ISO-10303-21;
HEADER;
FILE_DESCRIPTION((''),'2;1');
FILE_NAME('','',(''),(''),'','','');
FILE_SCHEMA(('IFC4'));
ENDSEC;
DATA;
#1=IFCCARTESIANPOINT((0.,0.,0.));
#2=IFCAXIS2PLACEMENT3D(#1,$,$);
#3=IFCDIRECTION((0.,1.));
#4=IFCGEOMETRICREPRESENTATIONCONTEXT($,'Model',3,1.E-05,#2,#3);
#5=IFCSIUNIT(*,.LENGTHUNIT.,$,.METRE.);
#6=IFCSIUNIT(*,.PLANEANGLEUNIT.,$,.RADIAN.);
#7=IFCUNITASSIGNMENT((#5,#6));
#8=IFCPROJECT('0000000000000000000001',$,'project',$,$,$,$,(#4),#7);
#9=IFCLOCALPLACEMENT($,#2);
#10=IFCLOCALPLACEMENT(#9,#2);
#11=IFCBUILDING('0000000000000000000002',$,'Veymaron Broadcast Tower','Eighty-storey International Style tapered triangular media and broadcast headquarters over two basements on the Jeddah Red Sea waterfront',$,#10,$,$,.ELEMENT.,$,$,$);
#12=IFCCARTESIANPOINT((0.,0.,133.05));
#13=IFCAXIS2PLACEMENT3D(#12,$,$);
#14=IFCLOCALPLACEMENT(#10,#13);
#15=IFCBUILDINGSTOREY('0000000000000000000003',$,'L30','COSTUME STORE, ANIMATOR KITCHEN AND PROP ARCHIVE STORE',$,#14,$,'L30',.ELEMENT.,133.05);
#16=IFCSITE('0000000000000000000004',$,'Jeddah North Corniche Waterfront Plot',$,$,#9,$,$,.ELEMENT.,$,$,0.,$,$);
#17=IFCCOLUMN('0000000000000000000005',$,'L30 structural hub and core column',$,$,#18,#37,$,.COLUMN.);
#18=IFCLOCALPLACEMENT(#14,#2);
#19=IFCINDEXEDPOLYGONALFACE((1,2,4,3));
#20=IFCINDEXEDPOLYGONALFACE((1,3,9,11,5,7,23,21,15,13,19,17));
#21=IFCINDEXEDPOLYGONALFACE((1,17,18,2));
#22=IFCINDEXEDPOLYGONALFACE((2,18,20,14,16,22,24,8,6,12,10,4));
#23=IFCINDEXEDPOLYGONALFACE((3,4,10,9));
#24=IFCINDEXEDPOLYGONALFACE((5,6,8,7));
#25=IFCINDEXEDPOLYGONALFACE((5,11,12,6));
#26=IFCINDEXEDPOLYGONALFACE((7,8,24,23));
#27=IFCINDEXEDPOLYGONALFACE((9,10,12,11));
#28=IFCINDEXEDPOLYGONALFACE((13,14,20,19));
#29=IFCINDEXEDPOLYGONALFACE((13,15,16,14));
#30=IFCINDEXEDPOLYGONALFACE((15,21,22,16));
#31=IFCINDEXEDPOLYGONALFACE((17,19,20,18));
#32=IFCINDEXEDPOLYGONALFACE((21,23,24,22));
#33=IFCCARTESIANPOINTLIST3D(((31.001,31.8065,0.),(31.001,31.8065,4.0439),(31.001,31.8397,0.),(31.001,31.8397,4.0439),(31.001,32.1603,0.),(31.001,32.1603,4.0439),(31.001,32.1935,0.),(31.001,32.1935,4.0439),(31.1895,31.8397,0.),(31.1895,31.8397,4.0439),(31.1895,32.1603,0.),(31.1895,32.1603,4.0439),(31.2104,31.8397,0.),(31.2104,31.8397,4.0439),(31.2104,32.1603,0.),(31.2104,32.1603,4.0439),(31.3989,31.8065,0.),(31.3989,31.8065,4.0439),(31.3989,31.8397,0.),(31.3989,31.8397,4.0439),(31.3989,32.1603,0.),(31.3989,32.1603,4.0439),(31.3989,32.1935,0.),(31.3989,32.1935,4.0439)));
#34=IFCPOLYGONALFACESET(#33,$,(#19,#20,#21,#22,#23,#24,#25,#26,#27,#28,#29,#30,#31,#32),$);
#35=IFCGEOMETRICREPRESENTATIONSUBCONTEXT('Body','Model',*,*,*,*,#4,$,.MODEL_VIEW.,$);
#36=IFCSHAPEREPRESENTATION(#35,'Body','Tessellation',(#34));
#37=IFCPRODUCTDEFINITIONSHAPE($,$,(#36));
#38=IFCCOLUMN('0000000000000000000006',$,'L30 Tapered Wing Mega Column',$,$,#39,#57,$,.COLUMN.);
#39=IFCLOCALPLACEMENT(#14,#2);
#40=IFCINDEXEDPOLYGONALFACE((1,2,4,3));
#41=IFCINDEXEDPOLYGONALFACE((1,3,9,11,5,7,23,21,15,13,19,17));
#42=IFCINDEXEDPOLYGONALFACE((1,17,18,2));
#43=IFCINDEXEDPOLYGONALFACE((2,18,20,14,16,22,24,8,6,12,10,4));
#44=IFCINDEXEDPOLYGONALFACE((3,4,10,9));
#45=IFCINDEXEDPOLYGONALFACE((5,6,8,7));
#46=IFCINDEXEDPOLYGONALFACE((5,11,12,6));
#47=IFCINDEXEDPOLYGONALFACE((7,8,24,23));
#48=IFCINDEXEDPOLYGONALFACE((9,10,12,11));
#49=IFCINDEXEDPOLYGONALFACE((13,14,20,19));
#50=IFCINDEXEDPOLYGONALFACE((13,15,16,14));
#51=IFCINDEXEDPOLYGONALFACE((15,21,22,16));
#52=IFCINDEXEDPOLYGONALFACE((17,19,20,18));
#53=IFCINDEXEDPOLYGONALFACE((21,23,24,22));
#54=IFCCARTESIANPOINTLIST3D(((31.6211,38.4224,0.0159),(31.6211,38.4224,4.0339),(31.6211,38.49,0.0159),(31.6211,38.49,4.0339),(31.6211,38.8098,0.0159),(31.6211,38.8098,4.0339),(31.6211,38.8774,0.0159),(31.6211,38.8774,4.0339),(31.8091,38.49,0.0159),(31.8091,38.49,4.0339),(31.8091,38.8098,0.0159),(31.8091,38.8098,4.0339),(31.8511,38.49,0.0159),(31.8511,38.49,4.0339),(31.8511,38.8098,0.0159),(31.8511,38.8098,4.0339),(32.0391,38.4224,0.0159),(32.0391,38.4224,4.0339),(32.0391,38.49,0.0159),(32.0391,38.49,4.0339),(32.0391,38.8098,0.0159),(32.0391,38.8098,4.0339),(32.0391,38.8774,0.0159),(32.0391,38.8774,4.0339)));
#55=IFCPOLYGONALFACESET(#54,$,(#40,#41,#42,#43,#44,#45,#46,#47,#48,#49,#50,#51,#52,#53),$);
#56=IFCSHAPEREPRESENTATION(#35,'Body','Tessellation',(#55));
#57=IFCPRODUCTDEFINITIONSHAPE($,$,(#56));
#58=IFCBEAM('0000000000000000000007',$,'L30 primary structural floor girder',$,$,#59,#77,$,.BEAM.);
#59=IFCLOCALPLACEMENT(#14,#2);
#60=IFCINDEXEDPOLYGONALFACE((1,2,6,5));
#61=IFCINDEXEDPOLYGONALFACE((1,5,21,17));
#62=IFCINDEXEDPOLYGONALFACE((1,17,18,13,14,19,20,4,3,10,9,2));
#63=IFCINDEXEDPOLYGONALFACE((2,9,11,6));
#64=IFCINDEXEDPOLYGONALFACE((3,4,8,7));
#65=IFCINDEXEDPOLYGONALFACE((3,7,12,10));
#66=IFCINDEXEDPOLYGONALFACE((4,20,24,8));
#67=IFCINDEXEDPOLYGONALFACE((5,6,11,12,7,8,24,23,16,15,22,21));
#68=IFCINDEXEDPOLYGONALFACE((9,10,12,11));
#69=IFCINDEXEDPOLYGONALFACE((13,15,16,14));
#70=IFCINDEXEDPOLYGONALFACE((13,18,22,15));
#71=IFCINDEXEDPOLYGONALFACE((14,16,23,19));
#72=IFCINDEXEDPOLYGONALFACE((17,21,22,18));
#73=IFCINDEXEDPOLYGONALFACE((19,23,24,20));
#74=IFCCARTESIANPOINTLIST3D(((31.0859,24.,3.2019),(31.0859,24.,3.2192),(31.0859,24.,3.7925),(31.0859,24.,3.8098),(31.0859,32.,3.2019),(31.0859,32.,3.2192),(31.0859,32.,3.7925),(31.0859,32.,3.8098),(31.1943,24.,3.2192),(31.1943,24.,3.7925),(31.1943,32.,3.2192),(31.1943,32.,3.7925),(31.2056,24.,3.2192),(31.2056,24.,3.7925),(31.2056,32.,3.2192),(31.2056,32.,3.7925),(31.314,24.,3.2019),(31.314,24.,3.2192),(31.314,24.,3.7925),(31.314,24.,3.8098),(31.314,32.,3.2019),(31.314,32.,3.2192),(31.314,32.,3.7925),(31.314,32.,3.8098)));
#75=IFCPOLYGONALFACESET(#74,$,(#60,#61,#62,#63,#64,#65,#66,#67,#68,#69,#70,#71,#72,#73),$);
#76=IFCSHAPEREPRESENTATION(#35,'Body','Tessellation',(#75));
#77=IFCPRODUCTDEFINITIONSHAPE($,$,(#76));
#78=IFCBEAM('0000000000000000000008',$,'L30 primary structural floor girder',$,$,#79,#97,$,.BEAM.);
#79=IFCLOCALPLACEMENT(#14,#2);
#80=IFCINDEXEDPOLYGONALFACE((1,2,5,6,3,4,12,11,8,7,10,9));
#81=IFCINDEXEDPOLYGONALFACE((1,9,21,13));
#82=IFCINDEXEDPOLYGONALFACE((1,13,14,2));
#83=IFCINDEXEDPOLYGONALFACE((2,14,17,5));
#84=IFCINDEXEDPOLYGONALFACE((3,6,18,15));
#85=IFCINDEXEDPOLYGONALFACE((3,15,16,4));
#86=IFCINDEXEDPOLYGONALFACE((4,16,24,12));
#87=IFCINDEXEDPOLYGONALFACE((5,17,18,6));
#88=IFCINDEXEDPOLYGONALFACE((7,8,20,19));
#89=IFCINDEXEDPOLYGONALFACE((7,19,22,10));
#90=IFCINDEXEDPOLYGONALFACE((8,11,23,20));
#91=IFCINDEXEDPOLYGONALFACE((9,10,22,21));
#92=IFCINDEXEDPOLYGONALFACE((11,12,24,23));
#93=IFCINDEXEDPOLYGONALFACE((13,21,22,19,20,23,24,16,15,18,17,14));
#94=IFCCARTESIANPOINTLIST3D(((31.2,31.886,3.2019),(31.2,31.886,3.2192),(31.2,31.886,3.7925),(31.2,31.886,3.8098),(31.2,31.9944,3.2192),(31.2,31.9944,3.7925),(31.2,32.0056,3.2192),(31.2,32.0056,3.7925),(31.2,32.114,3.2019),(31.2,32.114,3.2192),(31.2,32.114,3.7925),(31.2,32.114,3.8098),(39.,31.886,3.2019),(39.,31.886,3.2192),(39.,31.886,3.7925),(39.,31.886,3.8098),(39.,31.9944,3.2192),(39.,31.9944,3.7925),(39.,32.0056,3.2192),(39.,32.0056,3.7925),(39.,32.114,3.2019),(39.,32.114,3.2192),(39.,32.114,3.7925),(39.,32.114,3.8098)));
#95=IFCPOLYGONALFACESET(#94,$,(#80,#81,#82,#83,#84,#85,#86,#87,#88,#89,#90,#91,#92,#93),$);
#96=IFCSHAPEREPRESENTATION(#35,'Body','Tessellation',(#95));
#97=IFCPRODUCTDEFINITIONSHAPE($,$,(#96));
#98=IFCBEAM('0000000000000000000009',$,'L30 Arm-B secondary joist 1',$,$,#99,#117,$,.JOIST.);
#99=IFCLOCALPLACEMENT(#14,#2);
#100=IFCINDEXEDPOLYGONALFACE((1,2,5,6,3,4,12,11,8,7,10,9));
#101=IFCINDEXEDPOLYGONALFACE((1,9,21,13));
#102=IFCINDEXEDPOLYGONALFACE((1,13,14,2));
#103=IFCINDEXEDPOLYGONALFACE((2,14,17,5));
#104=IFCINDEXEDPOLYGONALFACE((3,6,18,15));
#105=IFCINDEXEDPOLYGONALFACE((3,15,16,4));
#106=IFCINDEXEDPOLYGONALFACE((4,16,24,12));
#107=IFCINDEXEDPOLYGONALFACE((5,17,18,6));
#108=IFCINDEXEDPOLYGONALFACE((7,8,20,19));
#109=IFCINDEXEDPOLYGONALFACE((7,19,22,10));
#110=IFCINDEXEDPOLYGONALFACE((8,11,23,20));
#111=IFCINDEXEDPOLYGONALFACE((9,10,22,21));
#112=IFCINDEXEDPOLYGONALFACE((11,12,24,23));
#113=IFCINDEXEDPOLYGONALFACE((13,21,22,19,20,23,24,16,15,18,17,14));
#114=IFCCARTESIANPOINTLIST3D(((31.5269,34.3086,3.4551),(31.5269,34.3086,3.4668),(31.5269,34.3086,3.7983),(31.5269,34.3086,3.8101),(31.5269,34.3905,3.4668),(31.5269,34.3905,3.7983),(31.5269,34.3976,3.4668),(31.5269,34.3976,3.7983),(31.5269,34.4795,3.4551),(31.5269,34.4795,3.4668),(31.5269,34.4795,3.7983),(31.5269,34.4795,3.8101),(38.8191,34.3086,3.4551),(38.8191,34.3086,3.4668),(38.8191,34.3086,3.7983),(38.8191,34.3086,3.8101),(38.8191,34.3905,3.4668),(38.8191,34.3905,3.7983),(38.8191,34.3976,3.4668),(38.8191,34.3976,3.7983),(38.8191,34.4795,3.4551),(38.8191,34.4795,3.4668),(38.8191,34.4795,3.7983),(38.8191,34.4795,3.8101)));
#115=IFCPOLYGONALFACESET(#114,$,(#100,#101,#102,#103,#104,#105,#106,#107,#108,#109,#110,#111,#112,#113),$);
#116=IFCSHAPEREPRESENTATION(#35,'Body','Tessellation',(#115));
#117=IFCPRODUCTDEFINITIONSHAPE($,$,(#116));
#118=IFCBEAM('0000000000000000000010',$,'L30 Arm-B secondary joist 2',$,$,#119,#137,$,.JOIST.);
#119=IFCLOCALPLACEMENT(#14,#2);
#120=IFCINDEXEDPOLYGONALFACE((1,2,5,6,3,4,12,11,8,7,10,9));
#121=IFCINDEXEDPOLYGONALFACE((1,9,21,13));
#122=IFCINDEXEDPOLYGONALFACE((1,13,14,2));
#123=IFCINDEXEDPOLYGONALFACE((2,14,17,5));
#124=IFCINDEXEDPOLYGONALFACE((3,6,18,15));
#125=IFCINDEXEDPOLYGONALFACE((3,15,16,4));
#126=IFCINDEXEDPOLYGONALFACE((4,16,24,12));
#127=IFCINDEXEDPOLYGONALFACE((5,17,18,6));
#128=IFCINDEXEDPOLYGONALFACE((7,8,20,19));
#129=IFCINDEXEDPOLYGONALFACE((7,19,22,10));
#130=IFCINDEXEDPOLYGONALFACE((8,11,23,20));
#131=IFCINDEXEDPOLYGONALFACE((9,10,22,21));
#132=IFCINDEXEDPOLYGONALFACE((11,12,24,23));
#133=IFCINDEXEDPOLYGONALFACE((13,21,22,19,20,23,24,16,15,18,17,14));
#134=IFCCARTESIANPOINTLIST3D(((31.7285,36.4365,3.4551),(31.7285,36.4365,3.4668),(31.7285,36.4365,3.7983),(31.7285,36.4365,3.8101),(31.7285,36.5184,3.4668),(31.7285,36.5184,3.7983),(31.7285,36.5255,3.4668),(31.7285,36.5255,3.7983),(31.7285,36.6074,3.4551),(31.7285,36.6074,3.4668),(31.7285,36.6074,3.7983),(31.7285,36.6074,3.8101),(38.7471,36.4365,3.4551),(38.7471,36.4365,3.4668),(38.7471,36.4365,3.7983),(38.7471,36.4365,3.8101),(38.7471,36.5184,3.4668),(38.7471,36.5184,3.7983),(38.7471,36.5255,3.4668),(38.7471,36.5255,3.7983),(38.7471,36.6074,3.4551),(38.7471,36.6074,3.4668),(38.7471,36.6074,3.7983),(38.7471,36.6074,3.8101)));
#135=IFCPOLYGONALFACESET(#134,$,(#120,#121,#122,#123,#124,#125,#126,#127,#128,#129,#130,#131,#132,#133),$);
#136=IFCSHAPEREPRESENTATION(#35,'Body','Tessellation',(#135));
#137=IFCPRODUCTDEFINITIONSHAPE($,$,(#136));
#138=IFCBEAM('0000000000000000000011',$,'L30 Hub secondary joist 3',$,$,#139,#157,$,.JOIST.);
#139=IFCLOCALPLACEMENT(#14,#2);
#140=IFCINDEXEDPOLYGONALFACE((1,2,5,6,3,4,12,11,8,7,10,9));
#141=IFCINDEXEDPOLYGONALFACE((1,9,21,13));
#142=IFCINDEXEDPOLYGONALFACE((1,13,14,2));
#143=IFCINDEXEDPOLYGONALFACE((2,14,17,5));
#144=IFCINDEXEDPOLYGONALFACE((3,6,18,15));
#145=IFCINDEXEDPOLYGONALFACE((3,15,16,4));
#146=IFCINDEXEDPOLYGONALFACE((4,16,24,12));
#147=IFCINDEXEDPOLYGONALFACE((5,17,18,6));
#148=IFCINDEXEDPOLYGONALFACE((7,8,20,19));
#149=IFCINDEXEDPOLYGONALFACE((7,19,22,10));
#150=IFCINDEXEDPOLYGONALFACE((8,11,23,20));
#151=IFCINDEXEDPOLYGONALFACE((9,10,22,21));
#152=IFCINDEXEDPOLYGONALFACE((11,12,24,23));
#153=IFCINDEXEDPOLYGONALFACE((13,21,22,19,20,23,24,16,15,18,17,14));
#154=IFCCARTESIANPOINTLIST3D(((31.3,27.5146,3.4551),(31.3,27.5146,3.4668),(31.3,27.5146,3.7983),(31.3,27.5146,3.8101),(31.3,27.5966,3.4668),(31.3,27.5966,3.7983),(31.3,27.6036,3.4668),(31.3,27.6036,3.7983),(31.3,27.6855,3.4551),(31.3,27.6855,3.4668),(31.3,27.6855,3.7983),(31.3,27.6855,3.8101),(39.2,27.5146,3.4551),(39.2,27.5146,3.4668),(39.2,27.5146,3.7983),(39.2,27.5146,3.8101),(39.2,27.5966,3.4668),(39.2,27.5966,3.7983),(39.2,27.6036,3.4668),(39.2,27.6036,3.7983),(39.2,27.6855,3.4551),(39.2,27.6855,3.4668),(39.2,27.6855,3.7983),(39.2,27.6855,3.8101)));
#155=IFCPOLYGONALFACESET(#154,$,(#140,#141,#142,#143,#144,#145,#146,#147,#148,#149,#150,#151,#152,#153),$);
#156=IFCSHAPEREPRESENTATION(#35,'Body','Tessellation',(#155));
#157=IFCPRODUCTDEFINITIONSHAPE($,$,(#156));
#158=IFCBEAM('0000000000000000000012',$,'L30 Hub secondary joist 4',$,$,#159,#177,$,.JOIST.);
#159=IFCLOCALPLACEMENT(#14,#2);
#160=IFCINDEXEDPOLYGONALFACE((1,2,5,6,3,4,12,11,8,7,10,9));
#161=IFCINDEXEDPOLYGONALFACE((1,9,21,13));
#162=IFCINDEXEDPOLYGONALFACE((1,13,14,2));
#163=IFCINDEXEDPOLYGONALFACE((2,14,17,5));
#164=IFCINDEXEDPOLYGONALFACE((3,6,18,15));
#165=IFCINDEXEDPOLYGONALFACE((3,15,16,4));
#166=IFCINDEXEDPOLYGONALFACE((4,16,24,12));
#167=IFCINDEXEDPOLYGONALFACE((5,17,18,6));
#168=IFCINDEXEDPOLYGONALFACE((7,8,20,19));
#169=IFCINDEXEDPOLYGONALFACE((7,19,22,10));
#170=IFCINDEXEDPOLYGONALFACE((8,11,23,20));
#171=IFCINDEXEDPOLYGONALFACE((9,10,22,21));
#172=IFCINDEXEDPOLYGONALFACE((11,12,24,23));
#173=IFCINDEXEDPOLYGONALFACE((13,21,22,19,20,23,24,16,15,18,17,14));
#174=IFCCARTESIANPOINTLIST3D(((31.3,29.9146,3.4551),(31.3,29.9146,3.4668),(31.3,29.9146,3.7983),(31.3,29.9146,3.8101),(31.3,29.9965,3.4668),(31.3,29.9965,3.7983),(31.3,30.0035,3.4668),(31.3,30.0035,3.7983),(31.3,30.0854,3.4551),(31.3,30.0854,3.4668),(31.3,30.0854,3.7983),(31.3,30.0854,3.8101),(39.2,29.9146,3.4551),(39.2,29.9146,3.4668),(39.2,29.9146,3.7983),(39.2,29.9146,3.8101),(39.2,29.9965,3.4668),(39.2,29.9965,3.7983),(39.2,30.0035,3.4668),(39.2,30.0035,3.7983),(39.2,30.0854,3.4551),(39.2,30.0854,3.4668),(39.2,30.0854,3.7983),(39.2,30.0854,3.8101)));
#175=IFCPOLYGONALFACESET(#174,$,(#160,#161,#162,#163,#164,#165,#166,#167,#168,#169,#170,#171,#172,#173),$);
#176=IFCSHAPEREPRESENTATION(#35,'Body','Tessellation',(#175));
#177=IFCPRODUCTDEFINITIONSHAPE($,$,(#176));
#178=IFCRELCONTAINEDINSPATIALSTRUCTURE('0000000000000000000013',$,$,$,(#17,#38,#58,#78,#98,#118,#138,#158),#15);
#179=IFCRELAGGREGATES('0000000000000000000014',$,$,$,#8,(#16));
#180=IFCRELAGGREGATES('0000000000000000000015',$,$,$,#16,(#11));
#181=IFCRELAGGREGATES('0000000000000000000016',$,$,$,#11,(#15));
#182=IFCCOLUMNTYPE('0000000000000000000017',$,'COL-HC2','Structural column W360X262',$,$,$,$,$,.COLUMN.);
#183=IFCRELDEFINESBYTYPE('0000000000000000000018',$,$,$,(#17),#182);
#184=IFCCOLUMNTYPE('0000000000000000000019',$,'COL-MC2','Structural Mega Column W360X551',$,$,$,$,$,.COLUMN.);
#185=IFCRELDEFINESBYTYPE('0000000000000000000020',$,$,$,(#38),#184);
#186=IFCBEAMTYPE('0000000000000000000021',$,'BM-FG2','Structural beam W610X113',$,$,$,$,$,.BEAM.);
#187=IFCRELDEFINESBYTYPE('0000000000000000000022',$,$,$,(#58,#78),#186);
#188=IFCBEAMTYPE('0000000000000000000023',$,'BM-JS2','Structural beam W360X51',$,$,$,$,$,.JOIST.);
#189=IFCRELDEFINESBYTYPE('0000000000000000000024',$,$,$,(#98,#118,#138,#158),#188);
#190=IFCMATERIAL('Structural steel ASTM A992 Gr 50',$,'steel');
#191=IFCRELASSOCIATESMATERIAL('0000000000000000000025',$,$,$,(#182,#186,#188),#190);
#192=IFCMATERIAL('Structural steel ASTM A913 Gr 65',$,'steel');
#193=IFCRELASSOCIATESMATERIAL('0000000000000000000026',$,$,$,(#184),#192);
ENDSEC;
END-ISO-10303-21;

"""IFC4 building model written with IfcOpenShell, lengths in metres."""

from ifc_helpers import new_model, si_unit, direction, frame, origin, origin_2d, place, context, subcontext, project, spatial, i_section, extrude, material, material_profile, profile_set, type_object, element, save


model = new_model("IFC4")

# Units and contexts
model_context = context("Model", 3, precision=1e-05, world=origin(), true_north=direction((0.0, 1.0)))
body_context = subcontext(model_context, "Body", "Model", "MODEL_VIEW")
ifc_project = project(units=[si_unit("LENGTHUNIT", "METRE"), si_unit("PLANEANGLEUNIT", "RADIAN")], contexts=[model_context])

# Site, building, storey
site_placement = place(None, origin())
site = spatial("IfcSite", under=ifc_project, at=site_placement, Name="Jeddah North Corniche Waterfront Plot", CompositionType="ELEMENT", RefElevation=0.0)
building_placement = place(site_placement, origin())
building = spatial("IfcBuilding", under=site, at=building_placement, Name="Veymaron Broadcast Tower", Description="Eighty-storey International Style tapered triangular media and broadcast headquarters over two basements on the Jeddah Red Sea waterfront", CompositionType="ELEMENT")
storey_placement = place(building_placement, frame((0.0, 0.0, 133.05)))
storey = spatial("IfcBuildingStorey", under=building, at=storey_placement, Name="L30", Description="COSTUME STORE, ANIMATOR KITCHEN AND PROP ARCHIVE STORE", LongName="L30", CompositionType="ELEMENT", Elevation=133.05)

# Columns
ifc_material_1 = material(Name="Structural steel ASTM A992 Gr 50", Category="steel")
ifc_material_profile_1 = material_profile(ifc_material_1, i_section(OverallWidth=0.3979, OverallDepth=0.387, WebThickness=0.021, FlangeThickness=0.0332, at=origin_2d()), Name="W360X262")
ifc_profile_set_1 = profile_set([ifc_material_profile_1], Name="Structural steel ASTM A992 Gr 50")
column_type_1 = type_object("IfcColumnType", Name="COL-HC2", Description="Structural column W360X262", PredefinedType="COLUMN", material=ifc_profile_set_1)
column_1_placement = place(storey_placement, frame((31.2, 32.0, 0.0), z_axis=(0.0, 0.0, 1.0), x_axis=(1.0, 0.0, 0.0)))
element("IfcColumn", 1, at=column_1_placement, inside=storey, type_object=column_type_1, Name="L30 structural hub and core column", PredefinedType="COLUMN", context=body_context, shape_type="SweptSolid", body=[
    extrude(i_section(OverallWidth=0.3979, OverallDepth=0.387, WebThickness=0.021, FlangeThickness=0.0332, at=origin_2d()), origin(), (0.0, 0.0, 1.0), 4.0439),
])
ifc_material_2 = material(Name="Structural steel ASTM A913 Gr 65", Category="steel")
ifc_material_profile_2 = material_profile(ifc_material_2, i_section(OverallWidth=0.418, OverallDepth=0.4551, WebThickness=0.042, FlangeThickness=0.0676, at=origin_2d()), Name="W360X551")
ifc_profile_set_2 = profile_set([ifc_material_profile_2], Name="Structural steel ASTM A913 Gr 65")
column_type_2 = type_object("IfcColumnType", Name="COL-MC2", Description="Structural Mega Column W360X551", PredefinedType="COLUMN", material=ifc_profile_set_2)
column_2_placement = place(storey_placement, frame((31.8301, 38.6499, 0.0159), z_axis=(0.0, 0.0, 1.0), x_axis=(1.0, 0.0, 0.0)))
element("IfcColumn", 2, at=column_2_placement, inside=storey, type_object=column_type_2, Name="L30 Tapered Wing Mega Column", PredefinedType="COLUMN", context=body_context, shape_type="SweptSolid", body=[
    extrude(i_section(OverallWidth=0.418, OverallDepth=0.4551, WebThickness=0.042, FlangeThickness=0.0676, at=origin_2d()), origin(), (0.0, 0.0, 1.0), 4.0181),
])

# Beams
ifc_material_profile_3 = material_profile(ifc_material_1, i_section(OverallWidth=0.228, OverallDepth=0.6079, WebThickness=0.0112, FlangeThickness=0.0173, at=origin_2d()), Name="W610X113")
ifc_profile_set_3 = profile_set([ifc_material_profile_3], Name="Structural steel ASTM A992 Gr 50")
beam_type_1 = type_object("IfcBeamType", Name="BM-FG2", Description="Structural beam W610X113", PredefinedType="BEAM", material=ifc_profile_set_3)
beam_1_placement = place(storey_placement, frame((31.2, 24.0, 3.5059), z_axis=(0.0, 1.0, 0.0), x_axis=(-1.0, 0.0, 0.0)))
element("IfcBeam", 3, at=beam_1_placement, inside=storey, type_object=beam_type_1, Name="L30 primary structural floor girder", PredefinedType="BEAM", context=body_context, shape_type="SweptSolid", body=[
    extrude(i_section(OverallWidth=0.228, OverallDepth=0.6079, WebThickness=0.0112, FlangeThickness=0.0173, at=origin_2d()), origin(), (0.0, 0.0, 1.0), 8.0),
])
beam_2_placement = place(storey_placement, frame((31.2, 32.0, 3.5059), z_axis=(1.0, 0.0, 0.0), x_axis=(0.0, 1.0, 0.0)))
element("IfcBeam", 4, at=beam_2_placement, inside=storey, type_object=beam_type_1, Name="L30 primary structural floor girder", PredefinedType="BEAM", context=body_context, shape_type="SweptSolid", body=[
    extrude(i_section(OverallWidth=0.228, OverallDepth=0.6079, WebThickness=0.0112, FlangeThickness=0.0173, at=origin_2d()), origin(), (0.0, 0.0, 1.0), 7.8),
])
ifc_material_profile_4 = material_profile(ifc_material_1, i_section(OverallWidth=0.1709, OverallDepth=0.355, WebThickness=0.0071, FlangeThickness=0.0117, at=origin_2d()), Name="W360X51")
ifc_profile_set_4 = profile_set([ifc_material_profile_4], Name="Structural steel ASTM A992 Gr 50")
beam_type_2 = type_object("IfcBeamType", Name="BM-JS2", Description="Structural beam W360X51", PredefinedType="JOIST", material=ifc_profile_set_4)
beam_3_placement = place(storey_placement, frame((31.5269, 34.394, 3.6326), z_axis=(1.0, 0.0, 0.0), x_axis=(0.0, 1.0, 0.0)))
element("IfcBeam", 5, at=beam_3_placement, inside=storey, type_object=beam_type_2, Name="L30 Arm-B secondary joist 1", PredefinedType="JOIST", context=body_context, shape_type="SweptSolid", body=[
    extrude(i_section(OverallWidth=0.1709, OverallDepth=0.355, WebThickness=0.0071, FlangeThickness=0.0117, at=origin_2d()), origin(), (0.0, 0.0, 1.0), 7.2922),
])
beam_4_placement = place(storey_placement, frame((31.7285, 36.522, 3.6326), z_axis=(1.0, 0.0, 0.0), x_axis=(0.0, 1.0, 0.0)))
element("IfcBeam", 6, at=beam_4_placement, inside=storey, type_object=beam_type_2, Name="L30 Arm-B secondary joist 2", PredefinedType="JOIST", context=body_context, shape_type="SweptSolid", body=[
    extrude(i_section(OverallWidth=0.1709, OverallDepth=0.355, WebThickness=0.0071, FlangeThickness=0.0117, at=origin_2d()), origin(), (0.0, 0.0, 1.0), 7.0186),
])
for number, where, z_axis, x_axis, name in (
    (7, (31.3, 27.6001, 3.6326), (1.0, 0.0, 0.0), (0.0, 1.0, 0.0), "L30 Hub secondary joist 3"),
    (8, (31.3, 30.0, 3.6326), (1.0, 0.0, 0.0), (0.0, 1.0, 0.0), "L30 Hub secondary joist 4"),
):
    element("IfcBeam", number, at=place(storey_placement, frame(where, z_axis=z_axis, x_axis=x_axis)), inside=storey, type_object=beam_type_2, Name=name, PredefinedType="JOIST", context=body_context, shape_type="SweptSolid", body=[
        extrude(i_section(OverallWidth=0.1709, OverallDepth=0.355, WebThickness=0.0071, FlangeThickness=0.0117, at=origin_2d()), origin(), (0.0, 0.0, 1.0), 7.8999),
    ])

save(model, "model.ifc")
